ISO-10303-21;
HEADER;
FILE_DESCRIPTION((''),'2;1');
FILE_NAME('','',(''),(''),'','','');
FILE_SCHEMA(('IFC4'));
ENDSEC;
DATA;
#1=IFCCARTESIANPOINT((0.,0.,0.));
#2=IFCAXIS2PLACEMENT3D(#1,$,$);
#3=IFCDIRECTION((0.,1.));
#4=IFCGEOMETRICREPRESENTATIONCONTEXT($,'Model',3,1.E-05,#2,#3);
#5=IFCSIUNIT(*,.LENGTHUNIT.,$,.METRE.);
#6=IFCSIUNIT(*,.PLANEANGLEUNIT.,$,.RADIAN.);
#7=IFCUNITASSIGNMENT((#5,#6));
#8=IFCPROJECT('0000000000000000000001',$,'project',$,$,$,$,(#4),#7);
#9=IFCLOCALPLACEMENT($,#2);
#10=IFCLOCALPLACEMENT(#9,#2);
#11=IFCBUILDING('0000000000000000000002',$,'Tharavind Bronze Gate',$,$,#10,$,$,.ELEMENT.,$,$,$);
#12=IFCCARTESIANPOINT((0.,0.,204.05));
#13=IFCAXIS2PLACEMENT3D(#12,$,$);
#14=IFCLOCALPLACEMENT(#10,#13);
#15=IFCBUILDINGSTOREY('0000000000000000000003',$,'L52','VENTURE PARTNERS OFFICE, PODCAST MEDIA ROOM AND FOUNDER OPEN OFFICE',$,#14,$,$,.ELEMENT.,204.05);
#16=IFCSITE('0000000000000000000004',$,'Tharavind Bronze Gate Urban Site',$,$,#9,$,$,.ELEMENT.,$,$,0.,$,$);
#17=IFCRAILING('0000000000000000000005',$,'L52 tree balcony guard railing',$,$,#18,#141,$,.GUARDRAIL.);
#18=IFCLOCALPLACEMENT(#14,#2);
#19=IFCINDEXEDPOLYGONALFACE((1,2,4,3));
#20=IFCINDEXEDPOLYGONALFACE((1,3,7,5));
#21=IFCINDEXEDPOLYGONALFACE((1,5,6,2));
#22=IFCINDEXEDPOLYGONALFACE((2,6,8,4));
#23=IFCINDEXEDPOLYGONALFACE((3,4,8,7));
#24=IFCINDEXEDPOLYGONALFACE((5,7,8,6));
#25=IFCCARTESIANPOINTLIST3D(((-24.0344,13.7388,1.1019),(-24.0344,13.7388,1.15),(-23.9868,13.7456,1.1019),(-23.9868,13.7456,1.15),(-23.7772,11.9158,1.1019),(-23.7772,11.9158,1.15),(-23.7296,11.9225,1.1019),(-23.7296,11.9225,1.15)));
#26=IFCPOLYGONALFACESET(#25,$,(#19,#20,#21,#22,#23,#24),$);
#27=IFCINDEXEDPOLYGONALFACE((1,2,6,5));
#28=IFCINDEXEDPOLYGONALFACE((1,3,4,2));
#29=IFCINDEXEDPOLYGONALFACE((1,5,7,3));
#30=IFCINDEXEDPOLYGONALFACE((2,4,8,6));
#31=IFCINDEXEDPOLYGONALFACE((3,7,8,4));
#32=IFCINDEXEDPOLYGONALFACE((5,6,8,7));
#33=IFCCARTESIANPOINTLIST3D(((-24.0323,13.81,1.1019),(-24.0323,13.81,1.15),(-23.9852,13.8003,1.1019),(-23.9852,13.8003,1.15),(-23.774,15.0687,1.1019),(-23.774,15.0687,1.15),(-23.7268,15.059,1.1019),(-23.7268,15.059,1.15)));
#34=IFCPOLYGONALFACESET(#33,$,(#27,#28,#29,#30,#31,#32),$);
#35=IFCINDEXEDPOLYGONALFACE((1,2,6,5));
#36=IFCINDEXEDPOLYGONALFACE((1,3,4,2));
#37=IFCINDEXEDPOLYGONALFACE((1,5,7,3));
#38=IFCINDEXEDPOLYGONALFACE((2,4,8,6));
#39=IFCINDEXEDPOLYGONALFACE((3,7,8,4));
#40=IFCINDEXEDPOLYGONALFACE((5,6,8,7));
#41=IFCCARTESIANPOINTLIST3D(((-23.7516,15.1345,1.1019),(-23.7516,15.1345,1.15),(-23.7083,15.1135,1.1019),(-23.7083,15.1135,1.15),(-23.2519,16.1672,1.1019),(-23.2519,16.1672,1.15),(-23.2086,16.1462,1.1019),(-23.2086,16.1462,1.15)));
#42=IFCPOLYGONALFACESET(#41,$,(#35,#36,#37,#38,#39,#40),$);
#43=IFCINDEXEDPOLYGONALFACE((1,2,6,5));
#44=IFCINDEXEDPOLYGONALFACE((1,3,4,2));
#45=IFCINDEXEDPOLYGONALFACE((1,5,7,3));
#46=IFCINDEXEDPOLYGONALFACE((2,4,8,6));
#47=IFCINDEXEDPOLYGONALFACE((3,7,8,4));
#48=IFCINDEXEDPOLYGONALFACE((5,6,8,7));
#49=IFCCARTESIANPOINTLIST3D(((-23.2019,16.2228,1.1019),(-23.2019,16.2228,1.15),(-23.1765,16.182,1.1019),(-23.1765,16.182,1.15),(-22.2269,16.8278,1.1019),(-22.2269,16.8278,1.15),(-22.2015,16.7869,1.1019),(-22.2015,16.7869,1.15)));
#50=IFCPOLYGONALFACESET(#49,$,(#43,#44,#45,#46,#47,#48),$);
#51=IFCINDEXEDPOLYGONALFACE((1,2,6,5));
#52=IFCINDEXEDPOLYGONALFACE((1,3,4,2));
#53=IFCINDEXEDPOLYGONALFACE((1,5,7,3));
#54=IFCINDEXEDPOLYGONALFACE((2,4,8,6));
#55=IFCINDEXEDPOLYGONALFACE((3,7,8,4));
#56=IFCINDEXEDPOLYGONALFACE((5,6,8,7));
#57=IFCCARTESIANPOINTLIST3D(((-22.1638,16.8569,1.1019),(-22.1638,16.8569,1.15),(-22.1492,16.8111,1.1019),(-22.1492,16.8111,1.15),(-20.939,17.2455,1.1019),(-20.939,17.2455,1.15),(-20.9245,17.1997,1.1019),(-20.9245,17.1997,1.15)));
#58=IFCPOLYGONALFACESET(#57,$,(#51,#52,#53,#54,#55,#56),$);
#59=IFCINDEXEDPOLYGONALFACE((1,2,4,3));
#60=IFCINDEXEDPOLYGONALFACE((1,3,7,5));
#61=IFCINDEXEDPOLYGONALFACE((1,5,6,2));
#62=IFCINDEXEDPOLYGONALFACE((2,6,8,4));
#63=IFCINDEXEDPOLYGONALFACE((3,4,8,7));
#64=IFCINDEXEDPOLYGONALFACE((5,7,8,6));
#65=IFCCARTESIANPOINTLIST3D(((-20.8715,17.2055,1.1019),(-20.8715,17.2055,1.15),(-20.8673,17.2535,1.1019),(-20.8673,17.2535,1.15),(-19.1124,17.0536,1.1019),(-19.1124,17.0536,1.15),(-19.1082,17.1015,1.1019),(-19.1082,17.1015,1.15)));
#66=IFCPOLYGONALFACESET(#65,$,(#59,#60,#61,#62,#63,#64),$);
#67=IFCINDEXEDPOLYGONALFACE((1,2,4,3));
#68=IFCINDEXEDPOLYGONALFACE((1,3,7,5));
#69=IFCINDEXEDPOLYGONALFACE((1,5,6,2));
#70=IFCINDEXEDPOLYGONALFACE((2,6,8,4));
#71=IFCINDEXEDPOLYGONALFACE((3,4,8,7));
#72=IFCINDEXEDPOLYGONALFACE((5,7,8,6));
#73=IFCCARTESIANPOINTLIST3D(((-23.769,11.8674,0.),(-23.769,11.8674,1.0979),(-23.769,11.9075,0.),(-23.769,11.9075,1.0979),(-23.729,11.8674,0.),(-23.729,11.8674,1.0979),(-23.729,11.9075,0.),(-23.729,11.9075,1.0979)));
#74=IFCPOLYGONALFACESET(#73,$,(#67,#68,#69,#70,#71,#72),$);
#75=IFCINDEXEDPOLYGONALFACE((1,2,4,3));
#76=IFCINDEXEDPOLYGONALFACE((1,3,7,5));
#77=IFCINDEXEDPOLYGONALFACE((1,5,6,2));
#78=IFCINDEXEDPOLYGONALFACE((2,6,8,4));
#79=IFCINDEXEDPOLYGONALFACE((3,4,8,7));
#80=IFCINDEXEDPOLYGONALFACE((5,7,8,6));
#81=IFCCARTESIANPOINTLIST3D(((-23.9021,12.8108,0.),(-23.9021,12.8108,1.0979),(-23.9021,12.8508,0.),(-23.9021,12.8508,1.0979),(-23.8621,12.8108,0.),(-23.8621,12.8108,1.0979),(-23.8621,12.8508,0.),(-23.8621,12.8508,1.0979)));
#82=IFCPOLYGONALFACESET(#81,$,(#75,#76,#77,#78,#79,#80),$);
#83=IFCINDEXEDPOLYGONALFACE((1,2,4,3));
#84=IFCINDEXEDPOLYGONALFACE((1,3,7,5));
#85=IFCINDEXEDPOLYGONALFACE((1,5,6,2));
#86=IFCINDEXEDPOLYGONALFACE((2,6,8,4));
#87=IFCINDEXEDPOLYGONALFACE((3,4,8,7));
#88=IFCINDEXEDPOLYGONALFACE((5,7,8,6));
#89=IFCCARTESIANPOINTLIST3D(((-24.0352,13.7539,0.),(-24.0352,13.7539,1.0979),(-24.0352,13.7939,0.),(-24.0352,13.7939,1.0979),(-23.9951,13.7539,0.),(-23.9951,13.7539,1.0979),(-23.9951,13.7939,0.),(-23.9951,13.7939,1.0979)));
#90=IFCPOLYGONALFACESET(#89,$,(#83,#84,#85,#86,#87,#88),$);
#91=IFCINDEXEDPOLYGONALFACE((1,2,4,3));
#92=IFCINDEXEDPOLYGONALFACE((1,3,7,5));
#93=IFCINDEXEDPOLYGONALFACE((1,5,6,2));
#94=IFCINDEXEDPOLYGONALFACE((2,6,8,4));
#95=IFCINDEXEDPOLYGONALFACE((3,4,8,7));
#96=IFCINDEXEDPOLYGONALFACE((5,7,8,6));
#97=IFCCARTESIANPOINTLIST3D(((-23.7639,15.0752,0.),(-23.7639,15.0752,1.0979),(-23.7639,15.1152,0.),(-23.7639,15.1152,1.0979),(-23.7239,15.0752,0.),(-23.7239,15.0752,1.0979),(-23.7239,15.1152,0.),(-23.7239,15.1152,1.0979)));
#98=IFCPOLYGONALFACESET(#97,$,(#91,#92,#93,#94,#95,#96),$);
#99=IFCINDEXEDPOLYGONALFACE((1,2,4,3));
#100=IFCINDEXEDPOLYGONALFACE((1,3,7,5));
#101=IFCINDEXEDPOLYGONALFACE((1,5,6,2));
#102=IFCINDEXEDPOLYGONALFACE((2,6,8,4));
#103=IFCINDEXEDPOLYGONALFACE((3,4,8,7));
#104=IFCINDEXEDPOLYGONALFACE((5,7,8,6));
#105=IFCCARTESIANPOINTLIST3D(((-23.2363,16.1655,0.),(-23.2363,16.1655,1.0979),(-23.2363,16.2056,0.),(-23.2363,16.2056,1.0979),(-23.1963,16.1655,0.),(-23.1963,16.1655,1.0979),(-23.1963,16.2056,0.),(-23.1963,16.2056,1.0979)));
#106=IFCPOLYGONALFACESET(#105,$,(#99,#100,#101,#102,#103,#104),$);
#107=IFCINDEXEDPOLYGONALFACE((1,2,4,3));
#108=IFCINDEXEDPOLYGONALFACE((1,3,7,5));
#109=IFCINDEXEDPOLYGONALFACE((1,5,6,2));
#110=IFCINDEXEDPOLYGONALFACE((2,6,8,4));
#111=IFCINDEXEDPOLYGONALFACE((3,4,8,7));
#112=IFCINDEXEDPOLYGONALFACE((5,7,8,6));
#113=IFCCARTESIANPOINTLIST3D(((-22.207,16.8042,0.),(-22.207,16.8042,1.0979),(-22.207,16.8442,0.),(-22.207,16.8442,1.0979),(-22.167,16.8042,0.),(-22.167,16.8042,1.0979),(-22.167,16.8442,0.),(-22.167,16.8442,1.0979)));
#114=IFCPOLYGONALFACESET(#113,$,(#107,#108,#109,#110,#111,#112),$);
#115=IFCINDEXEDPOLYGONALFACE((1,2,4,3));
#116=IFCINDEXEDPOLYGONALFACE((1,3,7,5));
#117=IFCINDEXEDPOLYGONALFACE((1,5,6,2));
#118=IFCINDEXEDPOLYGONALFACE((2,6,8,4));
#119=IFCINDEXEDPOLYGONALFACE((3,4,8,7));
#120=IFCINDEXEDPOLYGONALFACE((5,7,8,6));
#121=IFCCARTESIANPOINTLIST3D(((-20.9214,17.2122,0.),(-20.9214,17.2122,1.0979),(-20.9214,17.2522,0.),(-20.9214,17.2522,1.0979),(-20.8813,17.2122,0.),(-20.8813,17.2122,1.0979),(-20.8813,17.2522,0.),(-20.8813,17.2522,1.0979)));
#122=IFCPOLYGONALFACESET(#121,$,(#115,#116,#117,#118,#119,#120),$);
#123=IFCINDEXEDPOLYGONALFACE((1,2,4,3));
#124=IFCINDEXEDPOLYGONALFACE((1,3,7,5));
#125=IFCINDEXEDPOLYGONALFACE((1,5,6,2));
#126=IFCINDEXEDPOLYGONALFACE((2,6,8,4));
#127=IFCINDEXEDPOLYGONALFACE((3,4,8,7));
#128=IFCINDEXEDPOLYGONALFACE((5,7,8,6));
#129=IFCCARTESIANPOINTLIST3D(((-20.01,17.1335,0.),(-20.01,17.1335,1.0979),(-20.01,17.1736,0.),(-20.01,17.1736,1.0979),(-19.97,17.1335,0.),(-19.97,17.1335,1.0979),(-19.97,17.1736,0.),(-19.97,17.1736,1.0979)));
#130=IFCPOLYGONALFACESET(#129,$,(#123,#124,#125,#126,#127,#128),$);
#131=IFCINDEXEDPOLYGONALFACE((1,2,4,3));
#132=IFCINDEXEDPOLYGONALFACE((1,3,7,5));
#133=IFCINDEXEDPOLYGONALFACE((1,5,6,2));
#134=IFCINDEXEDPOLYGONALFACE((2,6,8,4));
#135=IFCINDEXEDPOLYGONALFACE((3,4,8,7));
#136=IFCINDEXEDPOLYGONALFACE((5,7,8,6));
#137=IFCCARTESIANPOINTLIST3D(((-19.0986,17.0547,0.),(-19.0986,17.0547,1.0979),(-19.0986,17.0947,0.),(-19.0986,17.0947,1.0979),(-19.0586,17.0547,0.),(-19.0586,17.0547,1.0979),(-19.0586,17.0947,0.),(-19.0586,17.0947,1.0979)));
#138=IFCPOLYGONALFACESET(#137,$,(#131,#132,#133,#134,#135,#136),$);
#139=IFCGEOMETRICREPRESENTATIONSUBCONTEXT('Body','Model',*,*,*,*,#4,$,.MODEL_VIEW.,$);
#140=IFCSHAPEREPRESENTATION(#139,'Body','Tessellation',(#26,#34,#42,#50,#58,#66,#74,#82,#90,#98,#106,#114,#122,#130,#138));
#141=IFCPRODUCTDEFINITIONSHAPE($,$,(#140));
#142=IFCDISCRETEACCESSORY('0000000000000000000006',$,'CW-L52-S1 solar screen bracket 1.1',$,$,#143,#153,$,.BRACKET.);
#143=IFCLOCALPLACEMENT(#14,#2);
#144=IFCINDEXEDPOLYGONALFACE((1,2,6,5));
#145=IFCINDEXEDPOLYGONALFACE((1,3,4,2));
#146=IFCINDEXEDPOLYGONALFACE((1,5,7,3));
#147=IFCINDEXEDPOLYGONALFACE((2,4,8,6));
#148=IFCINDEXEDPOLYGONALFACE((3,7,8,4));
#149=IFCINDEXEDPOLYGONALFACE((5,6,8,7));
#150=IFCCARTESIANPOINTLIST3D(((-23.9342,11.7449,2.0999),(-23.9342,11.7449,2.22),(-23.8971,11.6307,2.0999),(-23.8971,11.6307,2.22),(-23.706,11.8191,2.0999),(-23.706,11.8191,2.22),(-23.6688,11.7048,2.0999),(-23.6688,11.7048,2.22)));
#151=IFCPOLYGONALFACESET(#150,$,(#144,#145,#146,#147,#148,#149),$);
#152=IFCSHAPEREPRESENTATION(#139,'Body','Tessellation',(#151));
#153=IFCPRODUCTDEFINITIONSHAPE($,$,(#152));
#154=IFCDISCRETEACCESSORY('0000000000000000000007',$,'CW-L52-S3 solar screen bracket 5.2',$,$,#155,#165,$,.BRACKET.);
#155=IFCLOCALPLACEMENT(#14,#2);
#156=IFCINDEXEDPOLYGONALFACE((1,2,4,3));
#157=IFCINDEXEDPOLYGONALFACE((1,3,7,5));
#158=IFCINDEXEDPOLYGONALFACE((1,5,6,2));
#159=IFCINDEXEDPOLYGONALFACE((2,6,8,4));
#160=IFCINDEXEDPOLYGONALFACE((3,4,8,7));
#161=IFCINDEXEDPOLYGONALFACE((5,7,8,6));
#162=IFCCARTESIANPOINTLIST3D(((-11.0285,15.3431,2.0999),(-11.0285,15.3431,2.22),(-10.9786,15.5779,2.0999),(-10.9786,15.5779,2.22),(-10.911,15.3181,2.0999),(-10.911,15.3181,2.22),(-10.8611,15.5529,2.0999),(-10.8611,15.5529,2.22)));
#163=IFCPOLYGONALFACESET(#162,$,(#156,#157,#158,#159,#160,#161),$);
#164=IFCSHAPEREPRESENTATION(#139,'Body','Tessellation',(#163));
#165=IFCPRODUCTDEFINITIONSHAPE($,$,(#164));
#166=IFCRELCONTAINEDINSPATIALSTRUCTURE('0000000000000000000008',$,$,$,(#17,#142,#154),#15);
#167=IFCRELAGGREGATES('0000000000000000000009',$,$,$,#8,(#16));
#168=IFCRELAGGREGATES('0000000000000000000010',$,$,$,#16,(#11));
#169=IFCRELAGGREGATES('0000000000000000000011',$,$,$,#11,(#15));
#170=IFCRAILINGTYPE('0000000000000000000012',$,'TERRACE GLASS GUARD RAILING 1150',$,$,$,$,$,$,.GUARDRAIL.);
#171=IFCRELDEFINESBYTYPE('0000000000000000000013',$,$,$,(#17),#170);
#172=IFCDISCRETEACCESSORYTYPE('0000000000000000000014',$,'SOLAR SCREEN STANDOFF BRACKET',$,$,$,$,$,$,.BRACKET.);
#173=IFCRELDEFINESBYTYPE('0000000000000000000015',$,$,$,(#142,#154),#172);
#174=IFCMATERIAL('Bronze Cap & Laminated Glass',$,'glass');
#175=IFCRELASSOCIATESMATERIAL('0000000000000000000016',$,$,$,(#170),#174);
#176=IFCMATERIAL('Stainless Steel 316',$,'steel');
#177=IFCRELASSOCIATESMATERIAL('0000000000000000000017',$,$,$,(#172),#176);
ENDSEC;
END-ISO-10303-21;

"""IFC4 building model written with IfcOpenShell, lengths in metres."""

from ifc_helpers import new_model, si_unit, direction, frame, origin, origin_2d, place, context, subcontext, project, spatial, rectangle, extrude, material, type_object, element, save


model = new_model("IFC4")

# Units and contexts
model_context = context("Model", 3, precision=1e-05, world=origin(), true_north=direction((0.0, 1.0)))
body_context = subcontext(model_context, "Body", "Model", "MODEL_VIEW")
ifc_project = project(units=[si_unit("LENGTHUNIT", "METRE"), si_unit("PLANEANGLEUNIT", "RADIAN")], contexts=[model_context])

# Site, building, storey
site_placement = place(None, origin())
site = spatial("IfcSite", under=ifc_project, at=site_placement, Name="Tharavind Bronze Gate Urban Site", CompositionType="ELEMENT", RefElevation=0.0)
building_placement = place(site_placement, origin())
building = spatial("IfcBuilding", under=site, at=building_placement, Name="Tharavind Bronze Gate", CompositionType="ELEMENT")
storey_placement = place(building_placement, frame((0.0, 0.0, 204.05)))
storey = spatial("IfcBuildingStorey", under=building, at=storey_placement, Name="L52", Description="VENTURE PARTNERS OFFICE, PODCAST MEDIA ROOM AND FOUNDER OPEN OFFICE", CompositionType="ELEMENT", Elevation=204.05)

# Railing
ifc_material_1 = material(Name="Bronze Cap & Laminated Glass", Category="glass")
railing_type = type_object("IfcRailingType", Name="TERRACE GLASS GUARD RAILING 1150", PredefinedType="GUARDRAIL", material=ifc_material_1)
railing_placement = place(storey_placement, frame((-23.749, 11.8875, 0.0)))
element("IfcRailing", 1, at=railing_placement, inside=storey, type_object=railing_type, Name="L52 tree balcony guard railing", PredefinedType="GUARDRAIL", context=body_context, shape_type="SweptSolid", body=[
    extrude(rectangle(XDim=0.0481, YDim=0.0481, at=origin_2d()), frame((-0.0044, 0.0317, 1.126), z_axis=(-0.139681, 0.990197, 0.0), x_axis=(-0.990197, -0.139681, 0.0)), (0.0, 0.0, 1.0), 1.8411),
    extrude(rectangle(XDim=0.0481, YDim=0.0481, at=origin_2d()), frame((-0.2598, 1.9177, 1.126), z_axis=(0.201091, 0.979573, 0.0), x_axis=(-0.979573, 0.201091, 0.0)), (0.0, 0.0, 1.0), 1.2849),
    extrude(rectangle(XDim=0.0481, YDim=0.0481, at=origin_2d()), frame((0.019, 3.2366, 1.126), z_axis=(0.435566, 0.900157, 0.0), x_axis=(-0.900157, 0.435566, 0.0)), (0.0, 0.0, 1.0), 1.1472),
    extrude(rectangle(XDim=0.0481, YDim=0.0481, at=origin_2d()), frame((0.5598, 4.3149, 1.126), z_axis=(0.849715, 0.527242, 0.0), x_axis=(-0.527242, 0.849715, 0.0)), (0.0, 0.0, 1.0), 1.1475),
    extrude(rectangle(XDim=0.0481, YDim=0.0481, at=origin_2d()), frame((1.5925, 4.9465, 1.126), z_axis=(0.953163, 0.302456, 0.0), x_axis=(-0.302456, 0.953163, 0.0)), (0.0, 0.0, 1.0), 1.2849),
    extrude(rectangle(XDim=0.0481, YDim=0.0481, at=origin_2d()), frame((2.8796, 5.342, 1.126), z_axis=(0.996289, -0.086071, 0.0), x_axis=(0.086071, 0.996289, 0.0)), (0.0, 0.0, 1.0), 1.7656),
    extrude(rectangle(XDim=0.04, YDim=0.04, at=origin_2d()), origin(), (0.0, 0.0, 1.0), 1.0979),
    extrude(rectangle(XDim=0.04, YDim=0.04, at=origin_2d()), frame((-0.1331, 0.9434, 0.0)), (0.0, 0.0, 1.0), 1.0979),
    extrude(rectangle(XDim=0.04, YDim=0.04, at=origin_2d()), frame((-0.2661, 1.8865, 0.0)), (0.0, 0.0, 1.0), 1.0979),
    extrude(rectangle(XDim=0.04, YDim=0.04, at=origin_2d()), frame((0.0051, 3.2078, 0.0)), (0.0, 0.0, 1.0), 1.0979),
    extrude(rectangle(XDim=0.04, YDim=0.04, at=origin_2d()), frame((0.5327, 4.2981, 0.0)), (0.0, 0.0, 1.0), 1.0979),
    extrude(rectangle(XDim=0.04, YDim=0.04, at=origin_2d()), frame((1.562, 4.9368, 0.0)), (0.0, 0.0, 1.0), 1.0979),
    extrude(rectangle(XDim=0.04, YDim=0.04, at=origin_2d()), frame((2.8477, 5.3447, 0.0)), (0.0, 0.0, 1.0), 1.0979),
    extrude(rectangle(XDim=0.04, YDim=0.04, at=origin_2d()), frame((3.759, 5.2661, 0.0)), (0.0, 0.0, 1.0), 1.0979),
    extrude(rectangle(XDim=0.04, YDim=0.04, at=origin_2d()), frame((4.6704, 5.1873, 0.0)), (0.0, 0.0, 1.0), 1.0979),
])

# Discrete accessories
ifc_material_2 = material(Name="Stainless Steel 316", Category="steel")
discrete_accessory_type = type_object("IfcDiscreteAccessoryType", Name="SOLAR SCREEN STANDOFF BRACKET", PredefinedType="BRACKET", material=ifc_material_2)
for number, where, z_axis, x_axis, name in (
    (2, (-23.8015, 11.7249, 2.0999), (0.0, 0.0, 1.0), (0.309017, -0.951057, 0.0), "CW-L52-S1 solar screen bracket 1.1"),
    (3, (-10.9448, 15.448, 2.0999), (0.0, 0.0, 1.0), (-0.978148, 0.207912, 0.0), "CW-L52-S3 solar screen bracket 5.2"),
):
    element("IfcDiscreteAccessory", number, at=place(storey_placement, frame(where, z_axis=z_axis, x_axis=x_axis)), inside=storey, type_object=discrete_accessory_type, Name=name, PredefinedType="BRACKET", context=body_context, shape_type="SweptSolid", body=[
        extrude(rectangle(XDim=0.1201, YDim=0.24, at=origin_2d()), origin(), (0.0, 0.0, 1.0), 0.1201),
    ])

save(model, "model.ifc")
